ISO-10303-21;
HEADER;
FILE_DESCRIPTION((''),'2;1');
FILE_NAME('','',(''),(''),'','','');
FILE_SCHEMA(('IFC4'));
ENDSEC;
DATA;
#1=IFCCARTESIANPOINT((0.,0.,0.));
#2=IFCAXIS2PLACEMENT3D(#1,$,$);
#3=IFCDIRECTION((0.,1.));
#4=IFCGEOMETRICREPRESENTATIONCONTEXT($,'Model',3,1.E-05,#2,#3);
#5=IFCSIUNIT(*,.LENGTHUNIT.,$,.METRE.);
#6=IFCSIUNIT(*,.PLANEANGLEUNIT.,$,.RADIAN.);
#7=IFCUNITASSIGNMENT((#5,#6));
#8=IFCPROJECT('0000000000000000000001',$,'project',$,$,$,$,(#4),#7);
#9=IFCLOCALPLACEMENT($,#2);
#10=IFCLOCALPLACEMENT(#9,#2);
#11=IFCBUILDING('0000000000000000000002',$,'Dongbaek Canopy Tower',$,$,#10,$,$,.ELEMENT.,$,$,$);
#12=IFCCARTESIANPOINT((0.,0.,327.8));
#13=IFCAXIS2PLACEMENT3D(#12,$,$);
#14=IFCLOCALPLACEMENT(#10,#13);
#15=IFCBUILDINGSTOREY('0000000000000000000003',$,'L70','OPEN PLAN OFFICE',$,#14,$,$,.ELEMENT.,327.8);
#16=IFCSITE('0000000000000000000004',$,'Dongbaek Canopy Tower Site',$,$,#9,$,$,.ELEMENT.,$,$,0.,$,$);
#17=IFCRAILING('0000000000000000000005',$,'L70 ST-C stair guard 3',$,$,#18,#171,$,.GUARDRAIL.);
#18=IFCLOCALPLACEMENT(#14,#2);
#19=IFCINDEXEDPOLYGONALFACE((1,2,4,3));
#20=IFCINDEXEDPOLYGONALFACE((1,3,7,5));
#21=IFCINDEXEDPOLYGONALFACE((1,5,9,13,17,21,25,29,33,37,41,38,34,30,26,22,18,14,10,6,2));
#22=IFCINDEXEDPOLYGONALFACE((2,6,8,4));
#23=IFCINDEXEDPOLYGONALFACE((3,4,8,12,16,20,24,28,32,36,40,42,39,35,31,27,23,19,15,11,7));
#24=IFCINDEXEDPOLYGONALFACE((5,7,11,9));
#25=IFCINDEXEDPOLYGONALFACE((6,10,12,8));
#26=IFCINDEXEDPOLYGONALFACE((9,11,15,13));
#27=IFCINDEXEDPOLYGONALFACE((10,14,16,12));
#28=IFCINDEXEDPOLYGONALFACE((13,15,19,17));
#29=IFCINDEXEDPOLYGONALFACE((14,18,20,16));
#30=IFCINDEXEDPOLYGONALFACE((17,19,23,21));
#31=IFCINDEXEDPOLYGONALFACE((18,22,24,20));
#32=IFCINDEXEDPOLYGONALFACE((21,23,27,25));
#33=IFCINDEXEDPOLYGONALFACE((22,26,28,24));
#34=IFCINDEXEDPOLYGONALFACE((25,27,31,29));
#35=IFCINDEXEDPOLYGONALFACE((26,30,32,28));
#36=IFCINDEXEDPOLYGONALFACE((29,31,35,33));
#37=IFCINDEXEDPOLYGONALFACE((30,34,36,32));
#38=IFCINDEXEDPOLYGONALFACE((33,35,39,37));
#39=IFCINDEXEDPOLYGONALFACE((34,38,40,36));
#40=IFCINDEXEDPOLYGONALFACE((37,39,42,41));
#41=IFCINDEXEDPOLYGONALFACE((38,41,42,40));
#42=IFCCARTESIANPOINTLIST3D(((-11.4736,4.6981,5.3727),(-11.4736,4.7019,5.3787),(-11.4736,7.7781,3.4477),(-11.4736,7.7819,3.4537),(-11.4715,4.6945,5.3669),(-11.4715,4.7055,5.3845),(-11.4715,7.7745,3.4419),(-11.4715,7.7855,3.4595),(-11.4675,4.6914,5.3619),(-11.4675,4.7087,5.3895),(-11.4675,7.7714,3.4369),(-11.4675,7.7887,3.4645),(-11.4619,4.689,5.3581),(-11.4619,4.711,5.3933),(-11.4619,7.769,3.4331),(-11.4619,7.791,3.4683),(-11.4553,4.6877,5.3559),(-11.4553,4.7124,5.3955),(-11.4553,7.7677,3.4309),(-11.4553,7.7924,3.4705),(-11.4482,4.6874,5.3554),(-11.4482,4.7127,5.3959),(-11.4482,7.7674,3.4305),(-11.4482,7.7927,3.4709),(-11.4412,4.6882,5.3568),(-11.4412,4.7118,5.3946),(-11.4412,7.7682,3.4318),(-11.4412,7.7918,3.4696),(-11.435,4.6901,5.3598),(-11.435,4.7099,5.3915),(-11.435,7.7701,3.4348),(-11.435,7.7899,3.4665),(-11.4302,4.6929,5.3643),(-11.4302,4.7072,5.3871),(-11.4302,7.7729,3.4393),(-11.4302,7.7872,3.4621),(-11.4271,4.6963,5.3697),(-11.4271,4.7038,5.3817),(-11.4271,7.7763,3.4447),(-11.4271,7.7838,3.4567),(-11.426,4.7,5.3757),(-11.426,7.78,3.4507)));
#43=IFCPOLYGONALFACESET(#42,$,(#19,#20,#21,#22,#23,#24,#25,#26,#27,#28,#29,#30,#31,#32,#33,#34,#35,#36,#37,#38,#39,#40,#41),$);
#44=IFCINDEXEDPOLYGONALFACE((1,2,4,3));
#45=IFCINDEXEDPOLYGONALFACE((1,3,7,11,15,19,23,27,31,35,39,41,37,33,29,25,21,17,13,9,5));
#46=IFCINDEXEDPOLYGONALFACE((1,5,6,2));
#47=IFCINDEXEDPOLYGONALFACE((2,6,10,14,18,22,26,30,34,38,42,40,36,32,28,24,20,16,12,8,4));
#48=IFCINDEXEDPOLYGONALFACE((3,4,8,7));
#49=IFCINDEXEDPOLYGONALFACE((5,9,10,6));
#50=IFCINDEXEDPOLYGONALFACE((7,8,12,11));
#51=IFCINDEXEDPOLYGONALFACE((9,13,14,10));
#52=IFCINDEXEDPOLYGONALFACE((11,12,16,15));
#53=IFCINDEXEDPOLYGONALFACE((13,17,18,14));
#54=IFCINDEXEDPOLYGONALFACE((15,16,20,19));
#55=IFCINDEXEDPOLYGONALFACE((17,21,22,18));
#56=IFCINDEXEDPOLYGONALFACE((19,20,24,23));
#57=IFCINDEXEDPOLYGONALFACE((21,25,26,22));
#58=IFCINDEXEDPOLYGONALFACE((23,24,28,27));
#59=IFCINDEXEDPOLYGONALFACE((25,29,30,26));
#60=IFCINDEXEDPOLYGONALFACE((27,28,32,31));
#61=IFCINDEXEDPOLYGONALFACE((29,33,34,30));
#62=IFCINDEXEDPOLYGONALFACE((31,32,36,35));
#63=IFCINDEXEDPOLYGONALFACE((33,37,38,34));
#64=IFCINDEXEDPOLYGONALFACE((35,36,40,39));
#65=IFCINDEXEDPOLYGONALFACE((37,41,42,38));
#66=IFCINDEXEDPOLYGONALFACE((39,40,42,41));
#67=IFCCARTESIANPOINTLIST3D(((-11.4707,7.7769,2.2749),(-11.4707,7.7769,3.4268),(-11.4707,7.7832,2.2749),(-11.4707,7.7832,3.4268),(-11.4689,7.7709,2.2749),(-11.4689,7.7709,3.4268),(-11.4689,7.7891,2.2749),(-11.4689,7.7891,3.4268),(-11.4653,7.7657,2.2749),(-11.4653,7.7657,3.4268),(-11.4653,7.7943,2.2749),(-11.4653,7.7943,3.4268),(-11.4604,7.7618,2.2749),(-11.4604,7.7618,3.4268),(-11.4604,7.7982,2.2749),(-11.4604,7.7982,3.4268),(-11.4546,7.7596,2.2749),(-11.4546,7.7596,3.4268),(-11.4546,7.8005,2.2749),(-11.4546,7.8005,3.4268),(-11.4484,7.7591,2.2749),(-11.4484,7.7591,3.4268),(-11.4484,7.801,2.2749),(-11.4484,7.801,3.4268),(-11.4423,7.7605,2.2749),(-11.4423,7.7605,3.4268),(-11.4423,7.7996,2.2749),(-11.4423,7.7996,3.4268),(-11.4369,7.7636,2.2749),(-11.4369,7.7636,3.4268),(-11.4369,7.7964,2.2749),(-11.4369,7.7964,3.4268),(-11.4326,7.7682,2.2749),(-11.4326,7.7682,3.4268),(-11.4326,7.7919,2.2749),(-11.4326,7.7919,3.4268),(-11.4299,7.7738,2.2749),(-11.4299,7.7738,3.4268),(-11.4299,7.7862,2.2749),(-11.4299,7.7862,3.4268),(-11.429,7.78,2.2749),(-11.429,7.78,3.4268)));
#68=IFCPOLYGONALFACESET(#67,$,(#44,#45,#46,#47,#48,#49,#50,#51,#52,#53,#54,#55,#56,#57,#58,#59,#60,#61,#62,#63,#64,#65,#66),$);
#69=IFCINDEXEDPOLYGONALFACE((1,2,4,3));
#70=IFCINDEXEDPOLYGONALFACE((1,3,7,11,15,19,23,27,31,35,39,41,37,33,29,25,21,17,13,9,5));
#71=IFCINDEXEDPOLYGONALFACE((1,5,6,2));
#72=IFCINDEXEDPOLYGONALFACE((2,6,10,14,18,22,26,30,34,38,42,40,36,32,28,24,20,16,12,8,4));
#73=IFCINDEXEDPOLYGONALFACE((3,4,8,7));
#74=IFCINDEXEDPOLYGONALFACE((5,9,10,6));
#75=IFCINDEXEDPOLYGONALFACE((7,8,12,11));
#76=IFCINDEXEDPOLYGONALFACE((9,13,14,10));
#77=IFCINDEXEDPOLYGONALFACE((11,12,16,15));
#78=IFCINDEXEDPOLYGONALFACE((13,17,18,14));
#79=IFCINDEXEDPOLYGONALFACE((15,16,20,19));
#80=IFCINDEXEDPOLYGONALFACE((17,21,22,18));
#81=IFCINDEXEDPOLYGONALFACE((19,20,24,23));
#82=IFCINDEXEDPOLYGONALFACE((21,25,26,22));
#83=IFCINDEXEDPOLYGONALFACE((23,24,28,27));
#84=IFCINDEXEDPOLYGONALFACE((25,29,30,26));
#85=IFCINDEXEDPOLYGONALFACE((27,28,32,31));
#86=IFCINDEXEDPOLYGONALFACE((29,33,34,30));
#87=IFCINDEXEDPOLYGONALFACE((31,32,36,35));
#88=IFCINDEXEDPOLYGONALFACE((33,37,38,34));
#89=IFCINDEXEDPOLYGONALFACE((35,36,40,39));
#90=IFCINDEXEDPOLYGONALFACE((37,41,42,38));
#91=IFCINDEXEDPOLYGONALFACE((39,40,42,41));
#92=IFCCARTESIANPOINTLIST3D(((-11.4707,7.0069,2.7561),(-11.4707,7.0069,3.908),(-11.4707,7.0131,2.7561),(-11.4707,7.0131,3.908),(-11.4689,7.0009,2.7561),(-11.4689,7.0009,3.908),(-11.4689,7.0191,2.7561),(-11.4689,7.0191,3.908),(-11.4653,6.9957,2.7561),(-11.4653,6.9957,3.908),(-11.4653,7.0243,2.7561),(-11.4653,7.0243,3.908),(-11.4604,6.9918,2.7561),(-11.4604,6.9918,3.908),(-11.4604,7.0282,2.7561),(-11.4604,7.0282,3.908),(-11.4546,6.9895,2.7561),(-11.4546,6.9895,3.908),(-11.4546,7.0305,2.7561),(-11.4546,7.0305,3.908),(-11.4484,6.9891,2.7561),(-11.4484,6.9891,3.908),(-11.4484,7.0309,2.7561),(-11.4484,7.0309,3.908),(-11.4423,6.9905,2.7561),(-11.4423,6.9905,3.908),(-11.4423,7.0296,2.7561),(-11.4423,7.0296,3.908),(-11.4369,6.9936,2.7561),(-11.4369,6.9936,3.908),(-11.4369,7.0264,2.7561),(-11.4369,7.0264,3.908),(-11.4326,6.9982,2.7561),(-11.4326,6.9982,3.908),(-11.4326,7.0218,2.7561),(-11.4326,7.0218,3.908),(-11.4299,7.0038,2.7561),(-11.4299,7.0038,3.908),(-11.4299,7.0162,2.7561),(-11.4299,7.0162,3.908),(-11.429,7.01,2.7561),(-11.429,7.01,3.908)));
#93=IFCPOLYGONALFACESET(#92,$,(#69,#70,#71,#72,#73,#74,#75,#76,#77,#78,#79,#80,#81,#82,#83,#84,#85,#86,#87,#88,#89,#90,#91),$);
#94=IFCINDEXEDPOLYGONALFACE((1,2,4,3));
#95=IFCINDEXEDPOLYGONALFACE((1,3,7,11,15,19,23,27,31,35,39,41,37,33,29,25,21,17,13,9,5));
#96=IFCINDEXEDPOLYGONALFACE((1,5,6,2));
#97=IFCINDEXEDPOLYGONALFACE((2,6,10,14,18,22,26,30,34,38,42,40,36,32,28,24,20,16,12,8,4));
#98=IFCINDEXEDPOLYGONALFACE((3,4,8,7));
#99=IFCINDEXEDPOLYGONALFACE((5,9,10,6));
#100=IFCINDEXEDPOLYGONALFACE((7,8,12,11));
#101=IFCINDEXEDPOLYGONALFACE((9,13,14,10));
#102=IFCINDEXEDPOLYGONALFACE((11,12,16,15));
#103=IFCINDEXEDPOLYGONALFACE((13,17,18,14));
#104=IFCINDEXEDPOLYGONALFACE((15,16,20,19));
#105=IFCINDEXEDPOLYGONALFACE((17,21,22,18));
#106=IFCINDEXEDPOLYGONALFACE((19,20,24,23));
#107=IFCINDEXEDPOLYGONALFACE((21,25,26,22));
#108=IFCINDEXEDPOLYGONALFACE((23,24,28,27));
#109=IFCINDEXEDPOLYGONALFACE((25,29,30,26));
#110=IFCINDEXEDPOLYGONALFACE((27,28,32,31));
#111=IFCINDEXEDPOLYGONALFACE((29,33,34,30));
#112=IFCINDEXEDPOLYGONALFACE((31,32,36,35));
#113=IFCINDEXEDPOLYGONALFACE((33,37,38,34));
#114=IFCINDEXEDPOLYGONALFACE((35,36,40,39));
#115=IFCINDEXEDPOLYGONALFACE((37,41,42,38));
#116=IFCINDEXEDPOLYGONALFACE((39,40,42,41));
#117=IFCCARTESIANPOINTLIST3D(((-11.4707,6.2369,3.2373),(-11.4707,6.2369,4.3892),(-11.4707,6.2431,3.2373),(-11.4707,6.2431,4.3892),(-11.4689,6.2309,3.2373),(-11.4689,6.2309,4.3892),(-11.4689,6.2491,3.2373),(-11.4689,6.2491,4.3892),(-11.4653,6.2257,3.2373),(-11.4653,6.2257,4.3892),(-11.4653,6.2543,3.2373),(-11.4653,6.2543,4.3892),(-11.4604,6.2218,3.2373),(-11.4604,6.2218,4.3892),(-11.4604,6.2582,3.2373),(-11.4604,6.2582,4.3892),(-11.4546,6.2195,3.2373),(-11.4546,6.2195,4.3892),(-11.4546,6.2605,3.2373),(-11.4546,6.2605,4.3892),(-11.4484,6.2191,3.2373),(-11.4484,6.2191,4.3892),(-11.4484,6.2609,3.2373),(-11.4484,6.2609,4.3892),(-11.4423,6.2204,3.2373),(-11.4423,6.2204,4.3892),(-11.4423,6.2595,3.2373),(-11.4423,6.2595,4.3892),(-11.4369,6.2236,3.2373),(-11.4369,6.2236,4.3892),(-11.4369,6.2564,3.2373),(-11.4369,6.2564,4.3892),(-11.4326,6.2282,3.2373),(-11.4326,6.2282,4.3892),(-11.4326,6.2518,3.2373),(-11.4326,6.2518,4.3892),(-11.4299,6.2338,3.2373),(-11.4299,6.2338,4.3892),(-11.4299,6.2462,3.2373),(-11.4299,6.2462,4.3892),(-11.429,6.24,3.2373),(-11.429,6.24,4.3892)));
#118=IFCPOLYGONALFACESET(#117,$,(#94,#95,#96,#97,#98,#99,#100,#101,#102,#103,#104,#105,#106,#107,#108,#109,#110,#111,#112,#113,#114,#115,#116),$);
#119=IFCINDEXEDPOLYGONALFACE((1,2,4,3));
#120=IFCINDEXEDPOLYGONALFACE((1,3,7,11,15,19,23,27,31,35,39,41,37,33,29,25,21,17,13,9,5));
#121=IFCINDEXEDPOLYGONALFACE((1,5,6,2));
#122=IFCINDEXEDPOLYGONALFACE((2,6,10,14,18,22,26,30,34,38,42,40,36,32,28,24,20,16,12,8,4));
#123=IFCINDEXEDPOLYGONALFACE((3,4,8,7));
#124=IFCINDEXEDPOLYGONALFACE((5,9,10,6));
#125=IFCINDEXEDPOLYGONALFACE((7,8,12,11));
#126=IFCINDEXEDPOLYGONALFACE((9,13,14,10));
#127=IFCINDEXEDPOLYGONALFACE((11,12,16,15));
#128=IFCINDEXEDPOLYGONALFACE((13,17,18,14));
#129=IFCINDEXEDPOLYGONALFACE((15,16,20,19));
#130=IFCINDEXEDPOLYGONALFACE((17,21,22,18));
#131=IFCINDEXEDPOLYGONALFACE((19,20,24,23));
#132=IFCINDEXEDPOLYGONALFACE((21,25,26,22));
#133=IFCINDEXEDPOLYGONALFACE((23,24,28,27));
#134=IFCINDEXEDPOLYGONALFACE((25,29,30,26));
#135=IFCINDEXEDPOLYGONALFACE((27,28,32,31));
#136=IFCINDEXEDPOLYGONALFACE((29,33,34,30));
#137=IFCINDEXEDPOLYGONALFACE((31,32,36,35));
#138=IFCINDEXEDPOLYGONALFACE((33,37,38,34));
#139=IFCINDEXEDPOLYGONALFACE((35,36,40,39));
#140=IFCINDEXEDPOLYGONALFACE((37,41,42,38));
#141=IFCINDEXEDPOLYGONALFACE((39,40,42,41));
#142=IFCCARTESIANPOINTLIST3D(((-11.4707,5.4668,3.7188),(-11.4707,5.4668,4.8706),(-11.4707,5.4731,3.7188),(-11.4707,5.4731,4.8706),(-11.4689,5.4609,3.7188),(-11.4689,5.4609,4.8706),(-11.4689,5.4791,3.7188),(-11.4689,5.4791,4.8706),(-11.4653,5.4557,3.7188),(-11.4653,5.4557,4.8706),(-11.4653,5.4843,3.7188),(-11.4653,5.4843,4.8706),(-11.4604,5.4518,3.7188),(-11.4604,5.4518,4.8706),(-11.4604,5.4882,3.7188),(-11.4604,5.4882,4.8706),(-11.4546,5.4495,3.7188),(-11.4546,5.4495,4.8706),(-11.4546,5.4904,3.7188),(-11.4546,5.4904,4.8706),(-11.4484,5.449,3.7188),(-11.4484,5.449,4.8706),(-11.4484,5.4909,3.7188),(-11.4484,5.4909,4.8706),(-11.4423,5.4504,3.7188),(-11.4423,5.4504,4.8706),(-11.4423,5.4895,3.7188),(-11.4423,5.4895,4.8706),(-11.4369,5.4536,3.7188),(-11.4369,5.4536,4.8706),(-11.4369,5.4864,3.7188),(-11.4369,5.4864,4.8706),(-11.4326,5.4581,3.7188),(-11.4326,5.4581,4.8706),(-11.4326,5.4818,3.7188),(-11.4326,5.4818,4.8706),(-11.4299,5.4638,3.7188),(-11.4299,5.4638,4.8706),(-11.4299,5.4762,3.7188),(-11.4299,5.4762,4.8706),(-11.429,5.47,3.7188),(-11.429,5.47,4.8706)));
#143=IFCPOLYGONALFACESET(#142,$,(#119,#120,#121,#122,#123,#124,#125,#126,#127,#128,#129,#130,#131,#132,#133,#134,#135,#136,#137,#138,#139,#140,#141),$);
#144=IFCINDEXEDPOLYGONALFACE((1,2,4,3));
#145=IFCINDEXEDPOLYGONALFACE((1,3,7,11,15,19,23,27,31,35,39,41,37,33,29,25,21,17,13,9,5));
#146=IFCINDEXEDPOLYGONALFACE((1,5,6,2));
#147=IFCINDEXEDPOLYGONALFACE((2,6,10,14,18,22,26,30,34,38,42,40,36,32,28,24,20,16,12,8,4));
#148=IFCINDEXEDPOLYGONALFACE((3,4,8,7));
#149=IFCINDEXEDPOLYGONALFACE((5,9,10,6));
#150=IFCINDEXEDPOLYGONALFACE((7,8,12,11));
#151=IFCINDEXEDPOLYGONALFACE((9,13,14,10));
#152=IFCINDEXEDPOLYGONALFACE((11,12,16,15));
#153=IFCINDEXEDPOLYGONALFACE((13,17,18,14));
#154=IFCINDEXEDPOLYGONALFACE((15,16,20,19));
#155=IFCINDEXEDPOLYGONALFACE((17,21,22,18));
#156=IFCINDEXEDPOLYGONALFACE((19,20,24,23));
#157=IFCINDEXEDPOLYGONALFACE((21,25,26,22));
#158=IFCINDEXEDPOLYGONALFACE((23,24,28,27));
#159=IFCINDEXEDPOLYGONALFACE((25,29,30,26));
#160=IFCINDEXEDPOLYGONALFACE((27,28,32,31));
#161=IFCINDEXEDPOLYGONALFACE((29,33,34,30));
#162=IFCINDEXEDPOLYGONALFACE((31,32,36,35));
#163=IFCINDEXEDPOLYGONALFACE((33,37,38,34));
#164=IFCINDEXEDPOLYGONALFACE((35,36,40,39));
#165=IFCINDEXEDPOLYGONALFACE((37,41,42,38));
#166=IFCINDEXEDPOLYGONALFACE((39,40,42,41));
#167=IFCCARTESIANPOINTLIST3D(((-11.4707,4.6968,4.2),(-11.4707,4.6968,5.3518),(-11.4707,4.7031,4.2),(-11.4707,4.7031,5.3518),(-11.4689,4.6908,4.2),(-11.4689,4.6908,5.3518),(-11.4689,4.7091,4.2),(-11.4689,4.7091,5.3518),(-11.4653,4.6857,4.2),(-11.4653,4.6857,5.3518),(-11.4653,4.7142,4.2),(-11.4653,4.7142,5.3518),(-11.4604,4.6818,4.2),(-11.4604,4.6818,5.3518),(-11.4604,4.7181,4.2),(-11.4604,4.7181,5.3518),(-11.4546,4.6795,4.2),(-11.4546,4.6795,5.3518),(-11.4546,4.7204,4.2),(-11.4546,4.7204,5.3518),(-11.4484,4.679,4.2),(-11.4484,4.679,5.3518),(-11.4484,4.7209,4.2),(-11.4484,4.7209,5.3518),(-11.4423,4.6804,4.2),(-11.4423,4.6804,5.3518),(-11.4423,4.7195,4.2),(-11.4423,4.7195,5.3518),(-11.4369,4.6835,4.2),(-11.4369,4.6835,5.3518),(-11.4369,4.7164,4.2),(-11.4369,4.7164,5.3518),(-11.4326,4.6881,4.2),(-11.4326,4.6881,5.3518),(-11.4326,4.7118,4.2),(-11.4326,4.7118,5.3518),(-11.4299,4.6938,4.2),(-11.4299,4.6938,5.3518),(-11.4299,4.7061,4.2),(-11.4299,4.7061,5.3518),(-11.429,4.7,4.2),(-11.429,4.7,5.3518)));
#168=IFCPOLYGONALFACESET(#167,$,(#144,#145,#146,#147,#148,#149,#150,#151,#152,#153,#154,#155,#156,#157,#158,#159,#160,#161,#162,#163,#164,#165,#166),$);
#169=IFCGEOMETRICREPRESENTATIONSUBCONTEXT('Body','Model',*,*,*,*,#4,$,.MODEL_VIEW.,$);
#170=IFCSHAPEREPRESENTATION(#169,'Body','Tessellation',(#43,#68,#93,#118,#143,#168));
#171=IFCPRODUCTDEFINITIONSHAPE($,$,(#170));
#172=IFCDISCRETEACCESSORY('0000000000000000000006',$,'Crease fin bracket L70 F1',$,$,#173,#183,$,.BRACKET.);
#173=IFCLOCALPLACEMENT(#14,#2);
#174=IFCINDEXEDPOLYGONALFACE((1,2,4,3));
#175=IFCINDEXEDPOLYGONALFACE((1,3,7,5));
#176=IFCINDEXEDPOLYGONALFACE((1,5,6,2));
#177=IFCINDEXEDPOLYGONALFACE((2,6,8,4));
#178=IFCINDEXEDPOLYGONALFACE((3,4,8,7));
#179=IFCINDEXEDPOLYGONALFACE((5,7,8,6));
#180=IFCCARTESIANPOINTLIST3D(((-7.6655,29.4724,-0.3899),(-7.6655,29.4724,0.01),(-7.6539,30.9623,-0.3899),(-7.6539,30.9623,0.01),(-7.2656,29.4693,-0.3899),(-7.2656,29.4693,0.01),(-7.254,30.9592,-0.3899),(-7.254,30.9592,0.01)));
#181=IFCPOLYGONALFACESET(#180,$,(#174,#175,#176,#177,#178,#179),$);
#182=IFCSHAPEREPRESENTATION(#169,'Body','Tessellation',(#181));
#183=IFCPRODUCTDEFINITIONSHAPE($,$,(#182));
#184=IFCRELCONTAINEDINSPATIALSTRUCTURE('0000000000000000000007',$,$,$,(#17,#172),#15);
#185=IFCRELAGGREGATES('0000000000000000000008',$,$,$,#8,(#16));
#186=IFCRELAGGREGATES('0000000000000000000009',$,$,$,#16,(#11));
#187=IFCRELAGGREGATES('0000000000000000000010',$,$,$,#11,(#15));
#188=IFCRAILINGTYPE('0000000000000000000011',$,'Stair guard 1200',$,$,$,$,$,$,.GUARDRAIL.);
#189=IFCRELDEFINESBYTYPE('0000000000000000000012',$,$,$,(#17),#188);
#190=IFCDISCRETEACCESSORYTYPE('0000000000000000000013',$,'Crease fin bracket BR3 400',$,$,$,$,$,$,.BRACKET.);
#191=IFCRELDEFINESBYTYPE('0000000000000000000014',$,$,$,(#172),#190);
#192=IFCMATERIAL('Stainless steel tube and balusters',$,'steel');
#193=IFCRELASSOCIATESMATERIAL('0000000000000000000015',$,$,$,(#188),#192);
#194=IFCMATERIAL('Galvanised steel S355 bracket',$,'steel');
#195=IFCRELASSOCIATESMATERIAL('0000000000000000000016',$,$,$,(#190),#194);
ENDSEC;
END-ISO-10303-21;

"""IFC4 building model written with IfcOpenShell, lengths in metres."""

from ifc_helpers import new_model, si_unit, direction, frame, origin, origin_2d, place, context, subcontext, project, spatial, rectangle, circle, extrude, material, type_object, element, save


model = new_model("IFC4")

# Units and contexts
model_context = context("Model", 3, precision=1e-05, world=origin(), true_north=direction((0.0, 1.0)))
body_context = subcontext(model_context, "Body", "Model", "MODEL_VIEW")
ifc_project = project(units=[si_unit("LENGTHUNIT", "METRE"), si_unit("PLANEANGLEUNIT", "RADIAN")], contexts=[model_context])

# Site, building, storey
site_placement = place(None, origin())
site = spatial("IfcSite", under=ifc_project, at=site_placement, Name="Dongbaek Canopy Tower Site", CompositionType="ELEMENT", RefElevation=0.0)
building_placement = place(site_placement, origin())
building = spatial("IfcBuilding", under=site, at=building_placement, Name="Dongbaek Canopy Tower", CompositionType="ELEMENT")
storey_placement = place(building_placement, frame((0.0, 0.0, 327.8)))
storey = spatial("IfcBuildingStorey", under=building, at=storey_placement, Name="L70", Description="OPEN PLAN OFFICE", CompositionType="ELEMENT", Elevation=327.8)

# Railing
ifc_material_1 = material(Name="Stainless steel tube and balusters", Category="steel")
railing_type = type_object("IfcRailingType", Name="Stair guard 1200", PredefinedType="GUARDRAIL", material=ifc_material_1)
railing_1_placement = place(storey_placement, frame((-11.45, 7.78, 2.2749)))
element("IfcRailing", 1, at=railing_1_placement, inside=storey, type_object=railing_type, Name="L70 ST-C stair guard 3", PredefinedType="GUARDRAIL", context=body_context, shape_type="SweptSolid", body=[
    extrude(circle(Radius=0.0239, at=origin_2d()), frame((0.0, 0.0, 1.1758), z_axis=(0.0, -0.847998, 0.529999), x_axis=(1.0, 0.0, 0.0)), (0.0, 0.0, 1.0), 3.6321),
    extrude(circle(Radius=0.021, at=origin_2d()), origin(), (0.0, 0.0, 1.0), 1.1519),
    extrude(circle(Radius=0.021, at=origin_2d()), frame((0.0, -0.77, 0.4812)), (0.0, 0.0, 1.0), 1.1519),
    extrude(circle(Radius=0.021, at=origin_2d()), frame((0.0, -1.54, 0.9624)), (0.0, 0.0, 1.0), 1.1519),
    extrude(circle(Radius=0.021, at=origin_2d()), frame((0.0, -2.3101, 1.4438)), (0.0, 0.0, 1.0), 1.1519),
    extrude(circle(Radius=0.021, at=origin_2d()), frame((0.0, -3.0801, 1.925)), (0.0, 0.0, 1.0), 1.1519),
])

# Discrete accessory
ifc_material_2 = material(Name="Galvanised steel S355 bracket", Category="steel")
discrete_accessory_type = type_object("IfcDiscreteAccessoryType", Name="Crease fin bracket BR3 400", PredefinedType="BRACKET", material=ifc_material_2)
discrete_accessory_placement = place(storey_placement, frame((-7.4597, 30.2158, -0.3899), z_axis=(0.0, 0.0, 1.0), x_axis=(0.007782, 0.99997, 0.0)))
element("IfcDiscreteAccessory", 2, at=discrete_accessory_placement, inside=storey, type_object=discrete_accessory_type, Name="Crease fin bracket L70 F1", PredefinedType="BRACKET", context=body_context, shape_type="SweptSolid", body=[
    extrude(rectangle(XDim=1.49, YDim=0.3999, at=origin_2d()), origin(), (0.0, 0.0, 1.0), 0.3999),
])

save(model, "model.ifc")
